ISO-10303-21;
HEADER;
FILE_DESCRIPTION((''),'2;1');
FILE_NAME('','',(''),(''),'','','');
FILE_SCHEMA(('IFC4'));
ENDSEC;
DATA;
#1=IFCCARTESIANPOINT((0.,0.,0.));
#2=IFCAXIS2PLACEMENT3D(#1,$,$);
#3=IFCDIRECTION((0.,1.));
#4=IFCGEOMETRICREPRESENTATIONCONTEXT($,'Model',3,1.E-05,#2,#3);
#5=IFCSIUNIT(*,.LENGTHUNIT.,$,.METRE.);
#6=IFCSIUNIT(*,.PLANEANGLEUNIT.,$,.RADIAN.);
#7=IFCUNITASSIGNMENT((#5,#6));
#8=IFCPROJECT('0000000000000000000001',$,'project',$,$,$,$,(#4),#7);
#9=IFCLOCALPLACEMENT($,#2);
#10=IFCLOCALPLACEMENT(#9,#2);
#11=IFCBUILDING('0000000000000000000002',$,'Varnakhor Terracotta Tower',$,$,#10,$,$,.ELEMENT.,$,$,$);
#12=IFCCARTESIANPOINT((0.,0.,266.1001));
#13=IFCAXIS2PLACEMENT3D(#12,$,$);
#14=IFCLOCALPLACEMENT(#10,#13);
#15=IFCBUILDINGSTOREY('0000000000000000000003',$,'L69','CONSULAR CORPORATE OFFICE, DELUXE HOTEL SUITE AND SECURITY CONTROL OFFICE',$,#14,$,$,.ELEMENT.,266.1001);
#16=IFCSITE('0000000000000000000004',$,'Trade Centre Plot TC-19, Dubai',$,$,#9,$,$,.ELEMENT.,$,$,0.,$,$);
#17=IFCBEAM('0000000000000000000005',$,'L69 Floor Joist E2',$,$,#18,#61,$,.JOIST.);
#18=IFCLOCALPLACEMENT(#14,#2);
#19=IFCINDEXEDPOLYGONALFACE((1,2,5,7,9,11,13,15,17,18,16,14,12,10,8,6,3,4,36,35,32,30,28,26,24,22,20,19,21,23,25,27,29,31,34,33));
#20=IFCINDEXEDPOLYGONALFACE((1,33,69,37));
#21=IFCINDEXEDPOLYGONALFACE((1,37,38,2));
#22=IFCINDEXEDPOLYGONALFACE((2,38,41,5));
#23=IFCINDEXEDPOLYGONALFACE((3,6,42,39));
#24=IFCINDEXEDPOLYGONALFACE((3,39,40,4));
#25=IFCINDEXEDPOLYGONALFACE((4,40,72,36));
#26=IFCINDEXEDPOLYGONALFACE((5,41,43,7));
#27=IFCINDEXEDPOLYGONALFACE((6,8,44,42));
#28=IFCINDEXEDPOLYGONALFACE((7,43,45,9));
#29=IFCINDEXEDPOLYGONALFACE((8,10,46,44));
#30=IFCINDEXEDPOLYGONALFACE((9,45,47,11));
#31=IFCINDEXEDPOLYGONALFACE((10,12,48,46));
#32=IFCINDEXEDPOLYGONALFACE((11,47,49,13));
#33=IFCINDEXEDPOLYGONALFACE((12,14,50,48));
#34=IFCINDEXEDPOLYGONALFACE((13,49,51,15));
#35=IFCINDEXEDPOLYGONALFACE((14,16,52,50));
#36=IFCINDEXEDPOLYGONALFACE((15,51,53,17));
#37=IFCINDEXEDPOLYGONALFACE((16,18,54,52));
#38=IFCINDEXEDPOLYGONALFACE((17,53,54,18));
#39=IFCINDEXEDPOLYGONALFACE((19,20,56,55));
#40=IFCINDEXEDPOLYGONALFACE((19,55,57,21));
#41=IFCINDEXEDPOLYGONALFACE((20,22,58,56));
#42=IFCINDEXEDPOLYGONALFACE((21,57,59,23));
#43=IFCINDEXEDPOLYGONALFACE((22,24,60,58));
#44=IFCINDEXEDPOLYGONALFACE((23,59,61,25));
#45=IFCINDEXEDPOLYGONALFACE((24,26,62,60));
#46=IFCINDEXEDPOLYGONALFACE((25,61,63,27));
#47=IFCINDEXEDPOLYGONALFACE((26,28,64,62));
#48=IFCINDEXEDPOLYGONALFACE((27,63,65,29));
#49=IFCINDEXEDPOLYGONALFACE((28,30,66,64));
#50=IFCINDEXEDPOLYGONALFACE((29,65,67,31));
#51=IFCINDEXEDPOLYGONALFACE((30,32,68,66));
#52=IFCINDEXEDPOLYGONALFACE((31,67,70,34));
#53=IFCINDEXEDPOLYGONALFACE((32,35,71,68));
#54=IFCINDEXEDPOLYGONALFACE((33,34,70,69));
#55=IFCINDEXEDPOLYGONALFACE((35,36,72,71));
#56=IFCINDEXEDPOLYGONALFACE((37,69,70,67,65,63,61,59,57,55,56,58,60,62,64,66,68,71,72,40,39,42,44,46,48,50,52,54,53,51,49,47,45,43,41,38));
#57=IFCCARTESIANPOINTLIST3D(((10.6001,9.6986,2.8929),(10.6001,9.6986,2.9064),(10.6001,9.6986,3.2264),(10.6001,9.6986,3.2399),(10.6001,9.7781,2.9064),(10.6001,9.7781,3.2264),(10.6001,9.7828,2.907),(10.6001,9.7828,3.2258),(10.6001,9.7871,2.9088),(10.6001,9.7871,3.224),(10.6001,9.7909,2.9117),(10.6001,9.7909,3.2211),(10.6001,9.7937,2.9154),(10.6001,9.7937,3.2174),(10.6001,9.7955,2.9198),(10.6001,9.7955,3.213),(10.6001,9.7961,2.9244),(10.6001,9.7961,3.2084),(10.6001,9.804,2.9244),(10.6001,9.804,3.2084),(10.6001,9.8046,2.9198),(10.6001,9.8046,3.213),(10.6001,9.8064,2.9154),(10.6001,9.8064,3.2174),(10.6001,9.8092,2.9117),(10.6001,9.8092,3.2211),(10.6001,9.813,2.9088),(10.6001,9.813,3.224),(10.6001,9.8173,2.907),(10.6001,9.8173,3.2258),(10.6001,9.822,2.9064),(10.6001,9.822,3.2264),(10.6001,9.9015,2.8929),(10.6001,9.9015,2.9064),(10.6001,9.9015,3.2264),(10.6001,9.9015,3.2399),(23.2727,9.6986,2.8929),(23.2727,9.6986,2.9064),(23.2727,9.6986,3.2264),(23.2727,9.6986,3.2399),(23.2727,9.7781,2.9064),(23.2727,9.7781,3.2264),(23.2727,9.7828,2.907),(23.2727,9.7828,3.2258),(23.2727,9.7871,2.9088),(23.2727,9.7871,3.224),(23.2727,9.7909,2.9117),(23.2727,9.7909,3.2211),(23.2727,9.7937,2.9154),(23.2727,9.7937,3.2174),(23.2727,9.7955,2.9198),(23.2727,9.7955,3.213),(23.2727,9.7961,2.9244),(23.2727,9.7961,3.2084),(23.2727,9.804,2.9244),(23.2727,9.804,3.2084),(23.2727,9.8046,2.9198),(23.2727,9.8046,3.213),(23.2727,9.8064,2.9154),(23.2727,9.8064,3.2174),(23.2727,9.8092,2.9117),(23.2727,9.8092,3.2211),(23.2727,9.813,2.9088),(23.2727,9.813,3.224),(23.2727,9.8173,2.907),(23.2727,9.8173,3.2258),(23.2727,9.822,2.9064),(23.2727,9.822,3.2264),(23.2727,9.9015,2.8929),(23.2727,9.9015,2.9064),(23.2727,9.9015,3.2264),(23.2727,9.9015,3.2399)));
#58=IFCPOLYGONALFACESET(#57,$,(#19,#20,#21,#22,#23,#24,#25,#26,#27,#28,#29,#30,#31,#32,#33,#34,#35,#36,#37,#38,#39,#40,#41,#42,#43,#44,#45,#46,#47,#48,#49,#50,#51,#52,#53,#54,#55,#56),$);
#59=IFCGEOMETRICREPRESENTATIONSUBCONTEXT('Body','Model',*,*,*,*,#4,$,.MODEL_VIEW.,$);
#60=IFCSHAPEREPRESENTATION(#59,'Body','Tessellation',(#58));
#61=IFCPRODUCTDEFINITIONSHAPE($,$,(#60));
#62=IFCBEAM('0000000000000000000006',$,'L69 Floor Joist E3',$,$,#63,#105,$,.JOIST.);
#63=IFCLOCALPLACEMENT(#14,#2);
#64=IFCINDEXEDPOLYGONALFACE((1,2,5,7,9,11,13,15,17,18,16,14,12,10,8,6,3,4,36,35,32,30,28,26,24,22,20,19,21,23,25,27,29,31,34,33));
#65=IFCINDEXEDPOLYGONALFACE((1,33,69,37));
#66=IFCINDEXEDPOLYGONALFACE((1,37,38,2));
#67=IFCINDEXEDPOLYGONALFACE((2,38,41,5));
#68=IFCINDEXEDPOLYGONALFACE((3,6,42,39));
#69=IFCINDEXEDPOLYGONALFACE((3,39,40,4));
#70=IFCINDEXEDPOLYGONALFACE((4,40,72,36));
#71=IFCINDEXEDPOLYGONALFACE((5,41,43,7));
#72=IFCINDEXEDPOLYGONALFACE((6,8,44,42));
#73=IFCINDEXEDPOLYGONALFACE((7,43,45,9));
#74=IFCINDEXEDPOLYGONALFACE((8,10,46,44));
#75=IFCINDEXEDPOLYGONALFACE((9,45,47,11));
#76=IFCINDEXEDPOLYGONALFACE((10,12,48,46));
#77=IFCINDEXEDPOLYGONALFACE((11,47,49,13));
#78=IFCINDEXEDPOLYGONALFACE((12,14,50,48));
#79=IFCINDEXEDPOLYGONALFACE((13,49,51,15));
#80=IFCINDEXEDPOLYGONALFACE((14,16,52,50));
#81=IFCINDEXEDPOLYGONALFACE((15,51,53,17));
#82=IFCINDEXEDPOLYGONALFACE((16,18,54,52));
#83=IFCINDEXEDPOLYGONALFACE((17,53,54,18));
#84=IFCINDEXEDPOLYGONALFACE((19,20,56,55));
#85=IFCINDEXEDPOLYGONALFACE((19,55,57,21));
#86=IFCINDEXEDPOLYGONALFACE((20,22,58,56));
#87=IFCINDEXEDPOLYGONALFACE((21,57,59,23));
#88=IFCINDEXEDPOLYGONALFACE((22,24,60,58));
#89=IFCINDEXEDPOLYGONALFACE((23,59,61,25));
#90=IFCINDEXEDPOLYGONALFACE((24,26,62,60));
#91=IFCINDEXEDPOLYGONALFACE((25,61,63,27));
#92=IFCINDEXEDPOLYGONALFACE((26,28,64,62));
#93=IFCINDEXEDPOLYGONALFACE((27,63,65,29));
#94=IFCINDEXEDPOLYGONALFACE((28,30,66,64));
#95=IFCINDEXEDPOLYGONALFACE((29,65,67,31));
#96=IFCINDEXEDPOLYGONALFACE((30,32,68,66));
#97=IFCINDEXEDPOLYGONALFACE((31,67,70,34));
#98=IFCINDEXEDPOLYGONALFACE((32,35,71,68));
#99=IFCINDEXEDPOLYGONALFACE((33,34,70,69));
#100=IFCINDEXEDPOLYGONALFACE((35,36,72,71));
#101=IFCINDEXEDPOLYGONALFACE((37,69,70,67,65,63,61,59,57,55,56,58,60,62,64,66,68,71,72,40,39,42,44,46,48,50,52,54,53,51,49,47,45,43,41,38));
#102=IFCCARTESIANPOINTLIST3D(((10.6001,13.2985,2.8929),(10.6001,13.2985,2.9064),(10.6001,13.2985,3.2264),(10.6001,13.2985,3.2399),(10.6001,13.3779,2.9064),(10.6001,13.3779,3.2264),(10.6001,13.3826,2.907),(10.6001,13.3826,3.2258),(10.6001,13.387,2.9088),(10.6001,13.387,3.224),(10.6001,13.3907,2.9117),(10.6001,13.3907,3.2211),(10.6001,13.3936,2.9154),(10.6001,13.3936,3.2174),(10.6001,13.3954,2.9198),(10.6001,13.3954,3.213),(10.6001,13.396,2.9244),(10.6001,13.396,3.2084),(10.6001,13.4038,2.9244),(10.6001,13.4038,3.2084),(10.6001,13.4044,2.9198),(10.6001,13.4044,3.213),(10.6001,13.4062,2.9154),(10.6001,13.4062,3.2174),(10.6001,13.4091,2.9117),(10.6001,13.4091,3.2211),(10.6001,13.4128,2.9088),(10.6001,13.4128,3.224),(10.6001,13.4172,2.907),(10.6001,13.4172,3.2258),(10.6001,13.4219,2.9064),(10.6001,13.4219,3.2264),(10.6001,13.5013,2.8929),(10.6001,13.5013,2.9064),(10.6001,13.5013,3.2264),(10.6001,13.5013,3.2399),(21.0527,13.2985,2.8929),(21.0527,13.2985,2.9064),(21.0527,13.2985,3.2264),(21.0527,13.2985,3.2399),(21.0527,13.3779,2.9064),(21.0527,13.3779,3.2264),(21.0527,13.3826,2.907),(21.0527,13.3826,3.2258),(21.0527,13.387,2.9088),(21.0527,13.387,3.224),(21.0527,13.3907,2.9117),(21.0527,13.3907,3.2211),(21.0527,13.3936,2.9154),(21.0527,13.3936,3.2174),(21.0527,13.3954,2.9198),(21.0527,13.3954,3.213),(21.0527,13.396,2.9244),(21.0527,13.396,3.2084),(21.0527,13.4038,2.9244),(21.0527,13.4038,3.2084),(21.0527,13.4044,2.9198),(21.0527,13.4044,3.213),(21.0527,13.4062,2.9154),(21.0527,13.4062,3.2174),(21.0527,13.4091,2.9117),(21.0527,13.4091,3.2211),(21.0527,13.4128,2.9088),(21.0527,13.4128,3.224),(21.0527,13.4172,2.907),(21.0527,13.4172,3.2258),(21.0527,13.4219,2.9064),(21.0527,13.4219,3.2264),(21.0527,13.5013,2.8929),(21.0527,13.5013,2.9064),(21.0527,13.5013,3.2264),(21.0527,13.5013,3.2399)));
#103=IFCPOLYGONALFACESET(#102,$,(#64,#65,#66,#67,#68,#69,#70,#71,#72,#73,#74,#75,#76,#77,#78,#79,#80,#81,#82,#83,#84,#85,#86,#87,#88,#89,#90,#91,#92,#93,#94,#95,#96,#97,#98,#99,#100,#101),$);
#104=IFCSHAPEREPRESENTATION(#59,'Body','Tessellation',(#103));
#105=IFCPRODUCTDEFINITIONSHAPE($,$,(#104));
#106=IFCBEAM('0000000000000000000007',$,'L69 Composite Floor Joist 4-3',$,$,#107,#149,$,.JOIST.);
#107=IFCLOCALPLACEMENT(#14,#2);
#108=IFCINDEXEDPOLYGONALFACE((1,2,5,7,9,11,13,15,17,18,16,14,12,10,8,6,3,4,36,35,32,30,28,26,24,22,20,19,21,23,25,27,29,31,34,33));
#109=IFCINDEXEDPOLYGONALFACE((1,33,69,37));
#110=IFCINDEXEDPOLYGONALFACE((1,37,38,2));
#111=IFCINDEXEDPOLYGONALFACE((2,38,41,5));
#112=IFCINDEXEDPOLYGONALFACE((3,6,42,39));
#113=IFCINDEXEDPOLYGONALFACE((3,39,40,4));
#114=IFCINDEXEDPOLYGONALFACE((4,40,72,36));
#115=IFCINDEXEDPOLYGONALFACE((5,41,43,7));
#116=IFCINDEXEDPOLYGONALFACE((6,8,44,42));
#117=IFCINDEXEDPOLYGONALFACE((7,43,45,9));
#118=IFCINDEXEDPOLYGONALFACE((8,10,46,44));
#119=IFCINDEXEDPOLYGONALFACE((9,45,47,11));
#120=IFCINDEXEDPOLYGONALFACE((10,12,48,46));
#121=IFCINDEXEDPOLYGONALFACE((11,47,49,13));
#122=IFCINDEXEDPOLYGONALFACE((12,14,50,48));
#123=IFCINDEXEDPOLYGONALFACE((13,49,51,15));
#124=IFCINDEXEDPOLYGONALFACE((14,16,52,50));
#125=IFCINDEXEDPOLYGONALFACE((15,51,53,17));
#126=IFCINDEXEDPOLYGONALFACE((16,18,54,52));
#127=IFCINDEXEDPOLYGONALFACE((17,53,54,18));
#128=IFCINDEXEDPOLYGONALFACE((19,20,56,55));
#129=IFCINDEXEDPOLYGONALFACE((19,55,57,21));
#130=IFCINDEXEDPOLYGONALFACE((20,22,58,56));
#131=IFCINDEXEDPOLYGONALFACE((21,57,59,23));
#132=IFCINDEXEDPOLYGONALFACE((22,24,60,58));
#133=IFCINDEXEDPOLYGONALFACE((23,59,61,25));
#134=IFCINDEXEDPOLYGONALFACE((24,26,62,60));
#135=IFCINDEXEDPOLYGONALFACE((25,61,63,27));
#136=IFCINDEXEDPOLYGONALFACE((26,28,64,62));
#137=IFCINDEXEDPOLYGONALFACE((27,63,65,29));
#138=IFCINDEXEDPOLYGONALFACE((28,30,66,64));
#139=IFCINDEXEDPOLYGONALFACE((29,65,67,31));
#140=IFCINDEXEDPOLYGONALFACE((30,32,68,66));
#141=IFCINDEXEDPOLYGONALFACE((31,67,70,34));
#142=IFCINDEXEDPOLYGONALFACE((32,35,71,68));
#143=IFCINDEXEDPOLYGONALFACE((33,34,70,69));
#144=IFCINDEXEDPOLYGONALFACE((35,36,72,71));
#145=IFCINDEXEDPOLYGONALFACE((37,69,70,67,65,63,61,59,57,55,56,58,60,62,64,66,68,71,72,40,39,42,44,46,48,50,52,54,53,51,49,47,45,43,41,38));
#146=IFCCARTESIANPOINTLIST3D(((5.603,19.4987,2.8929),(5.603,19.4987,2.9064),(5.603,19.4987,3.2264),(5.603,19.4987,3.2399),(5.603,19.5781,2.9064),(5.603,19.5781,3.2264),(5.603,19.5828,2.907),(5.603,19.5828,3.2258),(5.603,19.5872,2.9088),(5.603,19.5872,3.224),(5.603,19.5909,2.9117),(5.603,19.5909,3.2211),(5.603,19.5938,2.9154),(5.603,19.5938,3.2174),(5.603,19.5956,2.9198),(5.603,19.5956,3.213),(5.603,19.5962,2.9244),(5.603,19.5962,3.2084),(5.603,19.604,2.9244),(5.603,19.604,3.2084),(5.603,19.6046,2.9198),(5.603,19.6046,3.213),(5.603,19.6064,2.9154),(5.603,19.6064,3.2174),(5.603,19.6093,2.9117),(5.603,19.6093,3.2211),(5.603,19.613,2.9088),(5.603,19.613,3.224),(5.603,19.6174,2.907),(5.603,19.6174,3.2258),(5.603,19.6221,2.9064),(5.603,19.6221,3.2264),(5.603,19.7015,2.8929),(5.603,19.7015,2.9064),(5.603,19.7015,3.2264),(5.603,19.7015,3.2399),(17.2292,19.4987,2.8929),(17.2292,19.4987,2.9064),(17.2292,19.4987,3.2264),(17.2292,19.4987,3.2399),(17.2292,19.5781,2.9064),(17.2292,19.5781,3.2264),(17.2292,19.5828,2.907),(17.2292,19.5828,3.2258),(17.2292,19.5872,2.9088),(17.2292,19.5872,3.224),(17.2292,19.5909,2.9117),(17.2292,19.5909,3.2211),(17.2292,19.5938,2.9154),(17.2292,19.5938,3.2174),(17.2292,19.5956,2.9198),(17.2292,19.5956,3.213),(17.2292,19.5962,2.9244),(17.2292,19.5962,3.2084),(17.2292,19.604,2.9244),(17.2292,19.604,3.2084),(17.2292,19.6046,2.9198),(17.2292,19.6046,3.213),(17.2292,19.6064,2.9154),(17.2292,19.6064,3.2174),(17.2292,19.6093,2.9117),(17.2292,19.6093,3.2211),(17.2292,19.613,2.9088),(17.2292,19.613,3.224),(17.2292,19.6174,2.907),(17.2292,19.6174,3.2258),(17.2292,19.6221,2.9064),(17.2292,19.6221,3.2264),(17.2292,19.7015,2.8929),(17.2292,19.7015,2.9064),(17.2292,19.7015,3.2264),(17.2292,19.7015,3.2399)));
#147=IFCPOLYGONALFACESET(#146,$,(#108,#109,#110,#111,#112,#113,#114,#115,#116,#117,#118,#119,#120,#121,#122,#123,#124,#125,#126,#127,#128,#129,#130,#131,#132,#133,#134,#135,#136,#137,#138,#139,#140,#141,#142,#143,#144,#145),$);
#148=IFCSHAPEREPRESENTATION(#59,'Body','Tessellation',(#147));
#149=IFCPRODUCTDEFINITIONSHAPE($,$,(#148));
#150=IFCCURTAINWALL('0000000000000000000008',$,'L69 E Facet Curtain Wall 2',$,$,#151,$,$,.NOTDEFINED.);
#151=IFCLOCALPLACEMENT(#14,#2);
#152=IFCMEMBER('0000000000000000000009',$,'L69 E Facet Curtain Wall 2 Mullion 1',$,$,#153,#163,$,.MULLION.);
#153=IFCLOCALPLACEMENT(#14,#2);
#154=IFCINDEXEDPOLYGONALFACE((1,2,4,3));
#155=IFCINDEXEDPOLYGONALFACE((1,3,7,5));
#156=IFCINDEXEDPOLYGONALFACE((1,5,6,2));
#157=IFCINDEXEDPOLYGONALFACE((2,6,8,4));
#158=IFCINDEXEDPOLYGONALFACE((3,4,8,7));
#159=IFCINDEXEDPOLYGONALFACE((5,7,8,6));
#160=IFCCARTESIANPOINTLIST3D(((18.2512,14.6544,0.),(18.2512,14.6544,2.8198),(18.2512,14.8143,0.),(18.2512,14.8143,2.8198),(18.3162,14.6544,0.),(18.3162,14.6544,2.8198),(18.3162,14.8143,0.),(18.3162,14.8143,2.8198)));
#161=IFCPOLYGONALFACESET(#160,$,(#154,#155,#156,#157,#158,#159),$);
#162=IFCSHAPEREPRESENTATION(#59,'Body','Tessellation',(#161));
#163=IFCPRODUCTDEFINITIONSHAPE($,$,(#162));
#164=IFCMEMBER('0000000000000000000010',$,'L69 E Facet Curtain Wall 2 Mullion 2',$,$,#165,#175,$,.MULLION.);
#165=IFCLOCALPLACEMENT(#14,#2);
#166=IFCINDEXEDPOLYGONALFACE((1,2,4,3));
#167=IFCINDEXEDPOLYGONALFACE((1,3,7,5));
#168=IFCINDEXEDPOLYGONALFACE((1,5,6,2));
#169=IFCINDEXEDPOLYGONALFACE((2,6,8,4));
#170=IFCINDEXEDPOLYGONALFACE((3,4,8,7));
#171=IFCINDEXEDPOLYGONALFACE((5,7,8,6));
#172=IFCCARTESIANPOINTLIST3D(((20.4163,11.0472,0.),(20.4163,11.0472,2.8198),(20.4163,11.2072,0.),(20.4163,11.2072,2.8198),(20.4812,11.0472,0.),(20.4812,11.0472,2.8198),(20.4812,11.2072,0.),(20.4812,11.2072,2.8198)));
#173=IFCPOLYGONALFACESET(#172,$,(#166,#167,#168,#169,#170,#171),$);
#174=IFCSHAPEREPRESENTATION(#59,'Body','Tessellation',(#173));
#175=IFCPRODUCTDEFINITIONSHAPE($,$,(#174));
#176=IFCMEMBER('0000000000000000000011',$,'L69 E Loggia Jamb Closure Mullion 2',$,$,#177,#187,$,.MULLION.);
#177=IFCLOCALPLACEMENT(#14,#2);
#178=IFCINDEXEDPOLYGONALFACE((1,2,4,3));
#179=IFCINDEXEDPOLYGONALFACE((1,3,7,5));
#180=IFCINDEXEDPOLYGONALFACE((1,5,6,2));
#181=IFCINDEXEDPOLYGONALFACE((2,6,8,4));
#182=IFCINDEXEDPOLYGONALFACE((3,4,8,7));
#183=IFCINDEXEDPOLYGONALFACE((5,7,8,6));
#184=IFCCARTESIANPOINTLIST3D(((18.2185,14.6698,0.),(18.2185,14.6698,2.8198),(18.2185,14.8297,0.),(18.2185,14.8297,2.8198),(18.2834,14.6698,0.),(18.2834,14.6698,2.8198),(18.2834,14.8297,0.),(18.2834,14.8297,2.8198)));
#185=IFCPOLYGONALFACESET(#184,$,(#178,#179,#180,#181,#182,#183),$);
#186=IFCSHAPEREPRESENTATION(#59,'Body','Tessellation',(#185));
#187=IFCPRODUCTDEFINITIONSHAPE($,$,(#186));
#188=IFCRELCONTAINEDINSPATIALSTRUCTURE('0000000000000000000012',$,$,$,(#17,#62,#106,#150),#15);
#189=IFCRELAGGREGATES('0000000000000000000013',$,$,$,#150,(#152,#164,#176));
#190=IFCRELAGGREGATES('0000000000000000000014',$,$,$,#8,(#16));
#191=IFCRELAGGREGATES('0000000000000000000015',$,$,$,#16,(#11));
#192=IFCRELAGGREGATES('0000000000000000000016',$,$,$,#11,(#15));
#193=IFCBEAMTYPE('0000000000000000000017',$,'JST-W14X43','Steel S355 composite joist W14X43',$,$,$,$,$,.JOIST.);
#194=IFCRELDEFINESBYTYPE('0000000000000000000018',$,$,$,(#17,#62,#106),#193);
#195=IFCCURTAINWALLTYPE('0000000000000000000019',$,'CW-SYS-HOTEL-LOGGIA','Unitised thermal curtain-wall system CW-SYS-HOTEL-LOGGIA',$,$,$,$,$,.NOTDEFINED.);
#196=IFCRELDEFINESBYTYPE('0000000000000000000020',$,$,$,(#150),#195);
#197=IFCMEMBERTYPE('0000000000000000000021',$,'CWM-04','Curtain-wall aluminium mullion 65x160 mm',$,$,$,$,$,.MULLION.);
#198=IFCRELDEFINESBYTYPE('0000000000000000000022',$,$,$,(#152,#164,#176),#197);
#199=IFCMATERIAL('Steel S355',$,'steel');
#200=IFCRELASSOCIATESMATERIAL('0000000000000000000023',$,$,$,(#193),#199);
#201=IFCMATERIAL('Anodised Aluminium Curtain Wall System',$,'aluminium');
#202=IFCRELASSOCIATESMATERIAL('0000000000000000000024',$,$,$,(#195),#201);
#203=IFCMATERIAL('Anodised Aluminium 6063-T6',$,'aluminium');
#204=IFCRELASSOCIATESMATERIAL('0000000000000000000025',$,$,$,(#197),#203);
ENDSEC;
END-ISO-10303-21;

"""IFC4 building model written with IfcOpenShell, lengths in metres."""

from ifc_helpers import new_model, si_unit, direction, frame, origin, origin_2d, place, context, subcontext, project, spatial, rectangle, i_section, extrude, source, transform, mapped, material, material_profile, profile_set, type_object, element, aggregate, save


model = new_model("IFC4")

# Units and contexts
model_context = context("Model", 3, precision=1e-05, world=origin(), true_north=direction((0.0, 1.0)))
body_context = subcontext(model_context, "Body", "Model", "MODEL_VIEW")
ifc_project = project(units=[si_unit("LENGTHUNIT", "METRE"), si_unit("PLANEANGLEUNIT", "RADIAN")], contexts=[model_context])

# Site, building, storey
site_placement = place(None, origin())
site = spatial("IfcSite", under=ifc_project, at=site_placement, Name="Trade Centre Plot TC-19, Dubai", CompositionType="ELEMENT", RefElevation=0.0)
building_placement = place(site_placement, origin())
building = spatial("IfcBuilding", under=site, at=building_placement, Name="Varnakhor Terracotta Tower", CompositionType="ELEMENT")
storey_placement = place(building_placement, frame((0.0, 0.0, 266.1001)))
storey = spatial("IfcBuildingStorey", under=building, at=storey_placement, Name="L69", Description="CONSULAR CORPORATE OFFICE, DELUXE HOTEL SUITE AND SECURITY CONTROL OFFICE", CompositionType="ELEMENT", Elevation=266.1001)

# Beams
ifc_material_1 = material(Name="Steel S355", Category="steel")
ifc_material_profile_1 = material_profile(ifc_material_1, i_section(OverallWidth=0.2029, OverallDepth=0.3469, WebThickness=0.0078, FlangeThickness=0.0134, FilletRadius=0.0181, at=origin_2d()), Name="W14X43")
ifc_profile_set_1 = profile_set([ifc_material_profile_1], Name="Steel S355")
beam_type_1 = type_object("IfcBeamType", Name="JST-W14X43", Description="Steel S355 composite joist W14X43", PredefinedType="JOIST", material=ifc_profile_set_1)
shared_shape_1 = source(origin(), body_context, "Body", "SweptSolid", [
    extrude(i_section(OverallWidth=0.2029, OverallDepth=0.3469, WebThickness=0.0078, FlangeThickness=0.0134, FilletRadius=0.0181, at=origin_2d()), origin(), (0.0, 0.0, 1.0), 12.6726),
])
beam_1_placement = place(storey_placement, frame((10.6001, 9.8, 3.0664), z_axis=(1.0, 0.0, 0.0), x_axis=(0.0, 1.0, 0.0)))
element("IfcBeam", 1, at=beam_1_placement, inside=storey, type_object=beam_type_1, Name="L69 Floor Joist E2", PredefinedType="JOIST", context=body_context, shape_type="MappedRepresentation", body=[
    mapped(shared_shape_1, transform((0.0, 0.0, 0.0), scale=1.0)),
])
shared_shape_2 = source(origin(), body_context, "Body", "SweptSolid", [
    extrude(i_section(OverallWidth=0.2029, OverallDepth=0.3469, WebThickness=0.0078, FlangeThickness=0.0134, FilletRadius=0.0181, at=origin_2d()), origin(), (0.0, 0.0, 1.0), 10.4526),
])
beam_2_placement = place(storey_placement, frame((10.6001, 13.3999, 3.0664), z_axis=(1.0, 0.0, 0.0), x_axis=(0.0, 1.0, 0.0)))
element("IfcBeam", 2, at=beam_2_placement, inside=storey, type_object=beam_type_1, Name="L69 Floor Joist E3", PredefinedType="JOIST", context=body_context, shape_type="MappedRepresentation", body=[
    mapped(shared_shape_2, transform((0.0, 0.0, 0.0), scale=1.0)),
])
shared_shape_3 = source(origin(), body_context, "Body", "SweptSolid", [
    extrude(i_section(OverallWidth=0.2029, OverallDepth=0.3469, WebThickness=0.0078, FlangeThickness=0.0134, FilletRadius=0.0181, at=origin_2d()), origin(), (0.0, 0.0, 1.0), 11.6262),
])
beam_3_placement = place(storey_placement, frame((5.603, 19.6001, 3.0664), z_axis=(1.0, 0.0, 0.0), x_axis=(0.0, 1.0, 0.0)))
element("IfcBeam", 3, at=beam_3_placement, inside=storey, type_object=beam_type_1, Name="L69 Composite Floor Joist 4-3", PredefinedType="JOIST", context=body_context, shape_type="MappedRepresentation", body=[
    mapped(shared_shape_3, transform((0.0, 0.0, 0.0), scale=1.0)),
])

# Curtain wall, members
ifc_material_2 = material(Name="Anodised Aluminium Curtain Wall System", Category="aluminium")
curtain_wall_type = type_object("IfcCurtainWallType", Name="CW-SYS-HOTEL-LOGGIA", Description="Unitised thermal curtain-wall system CW-SYS-HOTEL-LOGGIA", PredefinedType="NOTDEFINED", material=ifc_material_2)
curtain_wall_placement = place(storey_placement, origin())
curtain_wall = element("IfcCurtainWall", 4, at=curtain_wall_placement, inside=storey, type_object=curtain_wall_type, Name="L69 E Facet Curtain Wall 2", PredefinedType="NOTDEFINED")
ifc_material_3 = material(Name="Anodised Aluminium 6063-T6", Category="aluminium")
ifc_material_profile_2 = material_profile(ifc_material_3, rectangle(XDim=0.0649, YDim=0.1599, at=origin_2d()), Name="ALU MULLION 65x160")
ifc_profile_set_2 = profile_set([ifc_material_profile_2], Name="Anodised Aluminium 6063-T6")
member_type_1 = type_object("IfcMemberType", Name="CWM-04", Description="Curtain-wall aluminium mullion 65x160 mm", PredefinedType="MULLION", material=ifc_profile_set_2)
shared_shape_4 = source(origin(), body_context, "Body", "SweptSolid", [
    extrude(rectangle(XDim=0.0649, YDim=0.1599, at=origin_2d()), origin(), (0.0, 0.0, 1.0), 2.8198),
])
member_1_placement = place(storey_placement, frame((18.2837, 14.7344, 0.0), z_axis=(0.0, 0.0, 1.0), x_axis=(1.0, 0.0, 0.0)))
member_1 = element("IfcMember", 5, at=member_1_placement, type_object=member_type_1, Name="L69 E Facet Curtain Wall 2 Mullion 1", PredefinedType="MULLION", context=body_context, shape_type="MappedRepresentation", body=[
    mapped(shared_shape_4, transform((0.0, 0.0, 0.0), scale=1.0)),
])
member_2_placement = place(storey_placement, frame((20.4487, 11.1272, 0.0), z_axis=(0.0, 0.0, 1.0), x_axis=(1.0, 0.0, 0.0)))
member_2 = element("IfcMember", 6, at=member_2_placement, type_object=member_type_1, Name="L69 E Facet Curtain Wall 2 Mullion 2", PredefinedType="MULLION", context=body_context, shape_type="MappedRepresentation", body=[
    mapped(shared_shape_4, transform((0.0, 0.0, 0.0), scale=1.0)),
])
member_3_placement = place(storey_placement, frame((18.251, 14.7498, 0.0), z_axis=(0.0, 0.0, 1.0), x_axis=(1.0, 0.0, 0.0)))
member_3 = element("IfcMember", 7, at=member_3_placement, type_object=member_type_1, Name="L69 E Loggia Jamb Closure Mullion 2", PredefinedType="MULLION", context=body_context, shape_type="MappedRepresentation", body=[
    mapped(shared_shape_4, transform((0.0, 0.0, 0.0), scale=1.0)),
])

aggregate(curtain_wall, [member_1, member_2, member_3])

save(model, "model.ifc")
